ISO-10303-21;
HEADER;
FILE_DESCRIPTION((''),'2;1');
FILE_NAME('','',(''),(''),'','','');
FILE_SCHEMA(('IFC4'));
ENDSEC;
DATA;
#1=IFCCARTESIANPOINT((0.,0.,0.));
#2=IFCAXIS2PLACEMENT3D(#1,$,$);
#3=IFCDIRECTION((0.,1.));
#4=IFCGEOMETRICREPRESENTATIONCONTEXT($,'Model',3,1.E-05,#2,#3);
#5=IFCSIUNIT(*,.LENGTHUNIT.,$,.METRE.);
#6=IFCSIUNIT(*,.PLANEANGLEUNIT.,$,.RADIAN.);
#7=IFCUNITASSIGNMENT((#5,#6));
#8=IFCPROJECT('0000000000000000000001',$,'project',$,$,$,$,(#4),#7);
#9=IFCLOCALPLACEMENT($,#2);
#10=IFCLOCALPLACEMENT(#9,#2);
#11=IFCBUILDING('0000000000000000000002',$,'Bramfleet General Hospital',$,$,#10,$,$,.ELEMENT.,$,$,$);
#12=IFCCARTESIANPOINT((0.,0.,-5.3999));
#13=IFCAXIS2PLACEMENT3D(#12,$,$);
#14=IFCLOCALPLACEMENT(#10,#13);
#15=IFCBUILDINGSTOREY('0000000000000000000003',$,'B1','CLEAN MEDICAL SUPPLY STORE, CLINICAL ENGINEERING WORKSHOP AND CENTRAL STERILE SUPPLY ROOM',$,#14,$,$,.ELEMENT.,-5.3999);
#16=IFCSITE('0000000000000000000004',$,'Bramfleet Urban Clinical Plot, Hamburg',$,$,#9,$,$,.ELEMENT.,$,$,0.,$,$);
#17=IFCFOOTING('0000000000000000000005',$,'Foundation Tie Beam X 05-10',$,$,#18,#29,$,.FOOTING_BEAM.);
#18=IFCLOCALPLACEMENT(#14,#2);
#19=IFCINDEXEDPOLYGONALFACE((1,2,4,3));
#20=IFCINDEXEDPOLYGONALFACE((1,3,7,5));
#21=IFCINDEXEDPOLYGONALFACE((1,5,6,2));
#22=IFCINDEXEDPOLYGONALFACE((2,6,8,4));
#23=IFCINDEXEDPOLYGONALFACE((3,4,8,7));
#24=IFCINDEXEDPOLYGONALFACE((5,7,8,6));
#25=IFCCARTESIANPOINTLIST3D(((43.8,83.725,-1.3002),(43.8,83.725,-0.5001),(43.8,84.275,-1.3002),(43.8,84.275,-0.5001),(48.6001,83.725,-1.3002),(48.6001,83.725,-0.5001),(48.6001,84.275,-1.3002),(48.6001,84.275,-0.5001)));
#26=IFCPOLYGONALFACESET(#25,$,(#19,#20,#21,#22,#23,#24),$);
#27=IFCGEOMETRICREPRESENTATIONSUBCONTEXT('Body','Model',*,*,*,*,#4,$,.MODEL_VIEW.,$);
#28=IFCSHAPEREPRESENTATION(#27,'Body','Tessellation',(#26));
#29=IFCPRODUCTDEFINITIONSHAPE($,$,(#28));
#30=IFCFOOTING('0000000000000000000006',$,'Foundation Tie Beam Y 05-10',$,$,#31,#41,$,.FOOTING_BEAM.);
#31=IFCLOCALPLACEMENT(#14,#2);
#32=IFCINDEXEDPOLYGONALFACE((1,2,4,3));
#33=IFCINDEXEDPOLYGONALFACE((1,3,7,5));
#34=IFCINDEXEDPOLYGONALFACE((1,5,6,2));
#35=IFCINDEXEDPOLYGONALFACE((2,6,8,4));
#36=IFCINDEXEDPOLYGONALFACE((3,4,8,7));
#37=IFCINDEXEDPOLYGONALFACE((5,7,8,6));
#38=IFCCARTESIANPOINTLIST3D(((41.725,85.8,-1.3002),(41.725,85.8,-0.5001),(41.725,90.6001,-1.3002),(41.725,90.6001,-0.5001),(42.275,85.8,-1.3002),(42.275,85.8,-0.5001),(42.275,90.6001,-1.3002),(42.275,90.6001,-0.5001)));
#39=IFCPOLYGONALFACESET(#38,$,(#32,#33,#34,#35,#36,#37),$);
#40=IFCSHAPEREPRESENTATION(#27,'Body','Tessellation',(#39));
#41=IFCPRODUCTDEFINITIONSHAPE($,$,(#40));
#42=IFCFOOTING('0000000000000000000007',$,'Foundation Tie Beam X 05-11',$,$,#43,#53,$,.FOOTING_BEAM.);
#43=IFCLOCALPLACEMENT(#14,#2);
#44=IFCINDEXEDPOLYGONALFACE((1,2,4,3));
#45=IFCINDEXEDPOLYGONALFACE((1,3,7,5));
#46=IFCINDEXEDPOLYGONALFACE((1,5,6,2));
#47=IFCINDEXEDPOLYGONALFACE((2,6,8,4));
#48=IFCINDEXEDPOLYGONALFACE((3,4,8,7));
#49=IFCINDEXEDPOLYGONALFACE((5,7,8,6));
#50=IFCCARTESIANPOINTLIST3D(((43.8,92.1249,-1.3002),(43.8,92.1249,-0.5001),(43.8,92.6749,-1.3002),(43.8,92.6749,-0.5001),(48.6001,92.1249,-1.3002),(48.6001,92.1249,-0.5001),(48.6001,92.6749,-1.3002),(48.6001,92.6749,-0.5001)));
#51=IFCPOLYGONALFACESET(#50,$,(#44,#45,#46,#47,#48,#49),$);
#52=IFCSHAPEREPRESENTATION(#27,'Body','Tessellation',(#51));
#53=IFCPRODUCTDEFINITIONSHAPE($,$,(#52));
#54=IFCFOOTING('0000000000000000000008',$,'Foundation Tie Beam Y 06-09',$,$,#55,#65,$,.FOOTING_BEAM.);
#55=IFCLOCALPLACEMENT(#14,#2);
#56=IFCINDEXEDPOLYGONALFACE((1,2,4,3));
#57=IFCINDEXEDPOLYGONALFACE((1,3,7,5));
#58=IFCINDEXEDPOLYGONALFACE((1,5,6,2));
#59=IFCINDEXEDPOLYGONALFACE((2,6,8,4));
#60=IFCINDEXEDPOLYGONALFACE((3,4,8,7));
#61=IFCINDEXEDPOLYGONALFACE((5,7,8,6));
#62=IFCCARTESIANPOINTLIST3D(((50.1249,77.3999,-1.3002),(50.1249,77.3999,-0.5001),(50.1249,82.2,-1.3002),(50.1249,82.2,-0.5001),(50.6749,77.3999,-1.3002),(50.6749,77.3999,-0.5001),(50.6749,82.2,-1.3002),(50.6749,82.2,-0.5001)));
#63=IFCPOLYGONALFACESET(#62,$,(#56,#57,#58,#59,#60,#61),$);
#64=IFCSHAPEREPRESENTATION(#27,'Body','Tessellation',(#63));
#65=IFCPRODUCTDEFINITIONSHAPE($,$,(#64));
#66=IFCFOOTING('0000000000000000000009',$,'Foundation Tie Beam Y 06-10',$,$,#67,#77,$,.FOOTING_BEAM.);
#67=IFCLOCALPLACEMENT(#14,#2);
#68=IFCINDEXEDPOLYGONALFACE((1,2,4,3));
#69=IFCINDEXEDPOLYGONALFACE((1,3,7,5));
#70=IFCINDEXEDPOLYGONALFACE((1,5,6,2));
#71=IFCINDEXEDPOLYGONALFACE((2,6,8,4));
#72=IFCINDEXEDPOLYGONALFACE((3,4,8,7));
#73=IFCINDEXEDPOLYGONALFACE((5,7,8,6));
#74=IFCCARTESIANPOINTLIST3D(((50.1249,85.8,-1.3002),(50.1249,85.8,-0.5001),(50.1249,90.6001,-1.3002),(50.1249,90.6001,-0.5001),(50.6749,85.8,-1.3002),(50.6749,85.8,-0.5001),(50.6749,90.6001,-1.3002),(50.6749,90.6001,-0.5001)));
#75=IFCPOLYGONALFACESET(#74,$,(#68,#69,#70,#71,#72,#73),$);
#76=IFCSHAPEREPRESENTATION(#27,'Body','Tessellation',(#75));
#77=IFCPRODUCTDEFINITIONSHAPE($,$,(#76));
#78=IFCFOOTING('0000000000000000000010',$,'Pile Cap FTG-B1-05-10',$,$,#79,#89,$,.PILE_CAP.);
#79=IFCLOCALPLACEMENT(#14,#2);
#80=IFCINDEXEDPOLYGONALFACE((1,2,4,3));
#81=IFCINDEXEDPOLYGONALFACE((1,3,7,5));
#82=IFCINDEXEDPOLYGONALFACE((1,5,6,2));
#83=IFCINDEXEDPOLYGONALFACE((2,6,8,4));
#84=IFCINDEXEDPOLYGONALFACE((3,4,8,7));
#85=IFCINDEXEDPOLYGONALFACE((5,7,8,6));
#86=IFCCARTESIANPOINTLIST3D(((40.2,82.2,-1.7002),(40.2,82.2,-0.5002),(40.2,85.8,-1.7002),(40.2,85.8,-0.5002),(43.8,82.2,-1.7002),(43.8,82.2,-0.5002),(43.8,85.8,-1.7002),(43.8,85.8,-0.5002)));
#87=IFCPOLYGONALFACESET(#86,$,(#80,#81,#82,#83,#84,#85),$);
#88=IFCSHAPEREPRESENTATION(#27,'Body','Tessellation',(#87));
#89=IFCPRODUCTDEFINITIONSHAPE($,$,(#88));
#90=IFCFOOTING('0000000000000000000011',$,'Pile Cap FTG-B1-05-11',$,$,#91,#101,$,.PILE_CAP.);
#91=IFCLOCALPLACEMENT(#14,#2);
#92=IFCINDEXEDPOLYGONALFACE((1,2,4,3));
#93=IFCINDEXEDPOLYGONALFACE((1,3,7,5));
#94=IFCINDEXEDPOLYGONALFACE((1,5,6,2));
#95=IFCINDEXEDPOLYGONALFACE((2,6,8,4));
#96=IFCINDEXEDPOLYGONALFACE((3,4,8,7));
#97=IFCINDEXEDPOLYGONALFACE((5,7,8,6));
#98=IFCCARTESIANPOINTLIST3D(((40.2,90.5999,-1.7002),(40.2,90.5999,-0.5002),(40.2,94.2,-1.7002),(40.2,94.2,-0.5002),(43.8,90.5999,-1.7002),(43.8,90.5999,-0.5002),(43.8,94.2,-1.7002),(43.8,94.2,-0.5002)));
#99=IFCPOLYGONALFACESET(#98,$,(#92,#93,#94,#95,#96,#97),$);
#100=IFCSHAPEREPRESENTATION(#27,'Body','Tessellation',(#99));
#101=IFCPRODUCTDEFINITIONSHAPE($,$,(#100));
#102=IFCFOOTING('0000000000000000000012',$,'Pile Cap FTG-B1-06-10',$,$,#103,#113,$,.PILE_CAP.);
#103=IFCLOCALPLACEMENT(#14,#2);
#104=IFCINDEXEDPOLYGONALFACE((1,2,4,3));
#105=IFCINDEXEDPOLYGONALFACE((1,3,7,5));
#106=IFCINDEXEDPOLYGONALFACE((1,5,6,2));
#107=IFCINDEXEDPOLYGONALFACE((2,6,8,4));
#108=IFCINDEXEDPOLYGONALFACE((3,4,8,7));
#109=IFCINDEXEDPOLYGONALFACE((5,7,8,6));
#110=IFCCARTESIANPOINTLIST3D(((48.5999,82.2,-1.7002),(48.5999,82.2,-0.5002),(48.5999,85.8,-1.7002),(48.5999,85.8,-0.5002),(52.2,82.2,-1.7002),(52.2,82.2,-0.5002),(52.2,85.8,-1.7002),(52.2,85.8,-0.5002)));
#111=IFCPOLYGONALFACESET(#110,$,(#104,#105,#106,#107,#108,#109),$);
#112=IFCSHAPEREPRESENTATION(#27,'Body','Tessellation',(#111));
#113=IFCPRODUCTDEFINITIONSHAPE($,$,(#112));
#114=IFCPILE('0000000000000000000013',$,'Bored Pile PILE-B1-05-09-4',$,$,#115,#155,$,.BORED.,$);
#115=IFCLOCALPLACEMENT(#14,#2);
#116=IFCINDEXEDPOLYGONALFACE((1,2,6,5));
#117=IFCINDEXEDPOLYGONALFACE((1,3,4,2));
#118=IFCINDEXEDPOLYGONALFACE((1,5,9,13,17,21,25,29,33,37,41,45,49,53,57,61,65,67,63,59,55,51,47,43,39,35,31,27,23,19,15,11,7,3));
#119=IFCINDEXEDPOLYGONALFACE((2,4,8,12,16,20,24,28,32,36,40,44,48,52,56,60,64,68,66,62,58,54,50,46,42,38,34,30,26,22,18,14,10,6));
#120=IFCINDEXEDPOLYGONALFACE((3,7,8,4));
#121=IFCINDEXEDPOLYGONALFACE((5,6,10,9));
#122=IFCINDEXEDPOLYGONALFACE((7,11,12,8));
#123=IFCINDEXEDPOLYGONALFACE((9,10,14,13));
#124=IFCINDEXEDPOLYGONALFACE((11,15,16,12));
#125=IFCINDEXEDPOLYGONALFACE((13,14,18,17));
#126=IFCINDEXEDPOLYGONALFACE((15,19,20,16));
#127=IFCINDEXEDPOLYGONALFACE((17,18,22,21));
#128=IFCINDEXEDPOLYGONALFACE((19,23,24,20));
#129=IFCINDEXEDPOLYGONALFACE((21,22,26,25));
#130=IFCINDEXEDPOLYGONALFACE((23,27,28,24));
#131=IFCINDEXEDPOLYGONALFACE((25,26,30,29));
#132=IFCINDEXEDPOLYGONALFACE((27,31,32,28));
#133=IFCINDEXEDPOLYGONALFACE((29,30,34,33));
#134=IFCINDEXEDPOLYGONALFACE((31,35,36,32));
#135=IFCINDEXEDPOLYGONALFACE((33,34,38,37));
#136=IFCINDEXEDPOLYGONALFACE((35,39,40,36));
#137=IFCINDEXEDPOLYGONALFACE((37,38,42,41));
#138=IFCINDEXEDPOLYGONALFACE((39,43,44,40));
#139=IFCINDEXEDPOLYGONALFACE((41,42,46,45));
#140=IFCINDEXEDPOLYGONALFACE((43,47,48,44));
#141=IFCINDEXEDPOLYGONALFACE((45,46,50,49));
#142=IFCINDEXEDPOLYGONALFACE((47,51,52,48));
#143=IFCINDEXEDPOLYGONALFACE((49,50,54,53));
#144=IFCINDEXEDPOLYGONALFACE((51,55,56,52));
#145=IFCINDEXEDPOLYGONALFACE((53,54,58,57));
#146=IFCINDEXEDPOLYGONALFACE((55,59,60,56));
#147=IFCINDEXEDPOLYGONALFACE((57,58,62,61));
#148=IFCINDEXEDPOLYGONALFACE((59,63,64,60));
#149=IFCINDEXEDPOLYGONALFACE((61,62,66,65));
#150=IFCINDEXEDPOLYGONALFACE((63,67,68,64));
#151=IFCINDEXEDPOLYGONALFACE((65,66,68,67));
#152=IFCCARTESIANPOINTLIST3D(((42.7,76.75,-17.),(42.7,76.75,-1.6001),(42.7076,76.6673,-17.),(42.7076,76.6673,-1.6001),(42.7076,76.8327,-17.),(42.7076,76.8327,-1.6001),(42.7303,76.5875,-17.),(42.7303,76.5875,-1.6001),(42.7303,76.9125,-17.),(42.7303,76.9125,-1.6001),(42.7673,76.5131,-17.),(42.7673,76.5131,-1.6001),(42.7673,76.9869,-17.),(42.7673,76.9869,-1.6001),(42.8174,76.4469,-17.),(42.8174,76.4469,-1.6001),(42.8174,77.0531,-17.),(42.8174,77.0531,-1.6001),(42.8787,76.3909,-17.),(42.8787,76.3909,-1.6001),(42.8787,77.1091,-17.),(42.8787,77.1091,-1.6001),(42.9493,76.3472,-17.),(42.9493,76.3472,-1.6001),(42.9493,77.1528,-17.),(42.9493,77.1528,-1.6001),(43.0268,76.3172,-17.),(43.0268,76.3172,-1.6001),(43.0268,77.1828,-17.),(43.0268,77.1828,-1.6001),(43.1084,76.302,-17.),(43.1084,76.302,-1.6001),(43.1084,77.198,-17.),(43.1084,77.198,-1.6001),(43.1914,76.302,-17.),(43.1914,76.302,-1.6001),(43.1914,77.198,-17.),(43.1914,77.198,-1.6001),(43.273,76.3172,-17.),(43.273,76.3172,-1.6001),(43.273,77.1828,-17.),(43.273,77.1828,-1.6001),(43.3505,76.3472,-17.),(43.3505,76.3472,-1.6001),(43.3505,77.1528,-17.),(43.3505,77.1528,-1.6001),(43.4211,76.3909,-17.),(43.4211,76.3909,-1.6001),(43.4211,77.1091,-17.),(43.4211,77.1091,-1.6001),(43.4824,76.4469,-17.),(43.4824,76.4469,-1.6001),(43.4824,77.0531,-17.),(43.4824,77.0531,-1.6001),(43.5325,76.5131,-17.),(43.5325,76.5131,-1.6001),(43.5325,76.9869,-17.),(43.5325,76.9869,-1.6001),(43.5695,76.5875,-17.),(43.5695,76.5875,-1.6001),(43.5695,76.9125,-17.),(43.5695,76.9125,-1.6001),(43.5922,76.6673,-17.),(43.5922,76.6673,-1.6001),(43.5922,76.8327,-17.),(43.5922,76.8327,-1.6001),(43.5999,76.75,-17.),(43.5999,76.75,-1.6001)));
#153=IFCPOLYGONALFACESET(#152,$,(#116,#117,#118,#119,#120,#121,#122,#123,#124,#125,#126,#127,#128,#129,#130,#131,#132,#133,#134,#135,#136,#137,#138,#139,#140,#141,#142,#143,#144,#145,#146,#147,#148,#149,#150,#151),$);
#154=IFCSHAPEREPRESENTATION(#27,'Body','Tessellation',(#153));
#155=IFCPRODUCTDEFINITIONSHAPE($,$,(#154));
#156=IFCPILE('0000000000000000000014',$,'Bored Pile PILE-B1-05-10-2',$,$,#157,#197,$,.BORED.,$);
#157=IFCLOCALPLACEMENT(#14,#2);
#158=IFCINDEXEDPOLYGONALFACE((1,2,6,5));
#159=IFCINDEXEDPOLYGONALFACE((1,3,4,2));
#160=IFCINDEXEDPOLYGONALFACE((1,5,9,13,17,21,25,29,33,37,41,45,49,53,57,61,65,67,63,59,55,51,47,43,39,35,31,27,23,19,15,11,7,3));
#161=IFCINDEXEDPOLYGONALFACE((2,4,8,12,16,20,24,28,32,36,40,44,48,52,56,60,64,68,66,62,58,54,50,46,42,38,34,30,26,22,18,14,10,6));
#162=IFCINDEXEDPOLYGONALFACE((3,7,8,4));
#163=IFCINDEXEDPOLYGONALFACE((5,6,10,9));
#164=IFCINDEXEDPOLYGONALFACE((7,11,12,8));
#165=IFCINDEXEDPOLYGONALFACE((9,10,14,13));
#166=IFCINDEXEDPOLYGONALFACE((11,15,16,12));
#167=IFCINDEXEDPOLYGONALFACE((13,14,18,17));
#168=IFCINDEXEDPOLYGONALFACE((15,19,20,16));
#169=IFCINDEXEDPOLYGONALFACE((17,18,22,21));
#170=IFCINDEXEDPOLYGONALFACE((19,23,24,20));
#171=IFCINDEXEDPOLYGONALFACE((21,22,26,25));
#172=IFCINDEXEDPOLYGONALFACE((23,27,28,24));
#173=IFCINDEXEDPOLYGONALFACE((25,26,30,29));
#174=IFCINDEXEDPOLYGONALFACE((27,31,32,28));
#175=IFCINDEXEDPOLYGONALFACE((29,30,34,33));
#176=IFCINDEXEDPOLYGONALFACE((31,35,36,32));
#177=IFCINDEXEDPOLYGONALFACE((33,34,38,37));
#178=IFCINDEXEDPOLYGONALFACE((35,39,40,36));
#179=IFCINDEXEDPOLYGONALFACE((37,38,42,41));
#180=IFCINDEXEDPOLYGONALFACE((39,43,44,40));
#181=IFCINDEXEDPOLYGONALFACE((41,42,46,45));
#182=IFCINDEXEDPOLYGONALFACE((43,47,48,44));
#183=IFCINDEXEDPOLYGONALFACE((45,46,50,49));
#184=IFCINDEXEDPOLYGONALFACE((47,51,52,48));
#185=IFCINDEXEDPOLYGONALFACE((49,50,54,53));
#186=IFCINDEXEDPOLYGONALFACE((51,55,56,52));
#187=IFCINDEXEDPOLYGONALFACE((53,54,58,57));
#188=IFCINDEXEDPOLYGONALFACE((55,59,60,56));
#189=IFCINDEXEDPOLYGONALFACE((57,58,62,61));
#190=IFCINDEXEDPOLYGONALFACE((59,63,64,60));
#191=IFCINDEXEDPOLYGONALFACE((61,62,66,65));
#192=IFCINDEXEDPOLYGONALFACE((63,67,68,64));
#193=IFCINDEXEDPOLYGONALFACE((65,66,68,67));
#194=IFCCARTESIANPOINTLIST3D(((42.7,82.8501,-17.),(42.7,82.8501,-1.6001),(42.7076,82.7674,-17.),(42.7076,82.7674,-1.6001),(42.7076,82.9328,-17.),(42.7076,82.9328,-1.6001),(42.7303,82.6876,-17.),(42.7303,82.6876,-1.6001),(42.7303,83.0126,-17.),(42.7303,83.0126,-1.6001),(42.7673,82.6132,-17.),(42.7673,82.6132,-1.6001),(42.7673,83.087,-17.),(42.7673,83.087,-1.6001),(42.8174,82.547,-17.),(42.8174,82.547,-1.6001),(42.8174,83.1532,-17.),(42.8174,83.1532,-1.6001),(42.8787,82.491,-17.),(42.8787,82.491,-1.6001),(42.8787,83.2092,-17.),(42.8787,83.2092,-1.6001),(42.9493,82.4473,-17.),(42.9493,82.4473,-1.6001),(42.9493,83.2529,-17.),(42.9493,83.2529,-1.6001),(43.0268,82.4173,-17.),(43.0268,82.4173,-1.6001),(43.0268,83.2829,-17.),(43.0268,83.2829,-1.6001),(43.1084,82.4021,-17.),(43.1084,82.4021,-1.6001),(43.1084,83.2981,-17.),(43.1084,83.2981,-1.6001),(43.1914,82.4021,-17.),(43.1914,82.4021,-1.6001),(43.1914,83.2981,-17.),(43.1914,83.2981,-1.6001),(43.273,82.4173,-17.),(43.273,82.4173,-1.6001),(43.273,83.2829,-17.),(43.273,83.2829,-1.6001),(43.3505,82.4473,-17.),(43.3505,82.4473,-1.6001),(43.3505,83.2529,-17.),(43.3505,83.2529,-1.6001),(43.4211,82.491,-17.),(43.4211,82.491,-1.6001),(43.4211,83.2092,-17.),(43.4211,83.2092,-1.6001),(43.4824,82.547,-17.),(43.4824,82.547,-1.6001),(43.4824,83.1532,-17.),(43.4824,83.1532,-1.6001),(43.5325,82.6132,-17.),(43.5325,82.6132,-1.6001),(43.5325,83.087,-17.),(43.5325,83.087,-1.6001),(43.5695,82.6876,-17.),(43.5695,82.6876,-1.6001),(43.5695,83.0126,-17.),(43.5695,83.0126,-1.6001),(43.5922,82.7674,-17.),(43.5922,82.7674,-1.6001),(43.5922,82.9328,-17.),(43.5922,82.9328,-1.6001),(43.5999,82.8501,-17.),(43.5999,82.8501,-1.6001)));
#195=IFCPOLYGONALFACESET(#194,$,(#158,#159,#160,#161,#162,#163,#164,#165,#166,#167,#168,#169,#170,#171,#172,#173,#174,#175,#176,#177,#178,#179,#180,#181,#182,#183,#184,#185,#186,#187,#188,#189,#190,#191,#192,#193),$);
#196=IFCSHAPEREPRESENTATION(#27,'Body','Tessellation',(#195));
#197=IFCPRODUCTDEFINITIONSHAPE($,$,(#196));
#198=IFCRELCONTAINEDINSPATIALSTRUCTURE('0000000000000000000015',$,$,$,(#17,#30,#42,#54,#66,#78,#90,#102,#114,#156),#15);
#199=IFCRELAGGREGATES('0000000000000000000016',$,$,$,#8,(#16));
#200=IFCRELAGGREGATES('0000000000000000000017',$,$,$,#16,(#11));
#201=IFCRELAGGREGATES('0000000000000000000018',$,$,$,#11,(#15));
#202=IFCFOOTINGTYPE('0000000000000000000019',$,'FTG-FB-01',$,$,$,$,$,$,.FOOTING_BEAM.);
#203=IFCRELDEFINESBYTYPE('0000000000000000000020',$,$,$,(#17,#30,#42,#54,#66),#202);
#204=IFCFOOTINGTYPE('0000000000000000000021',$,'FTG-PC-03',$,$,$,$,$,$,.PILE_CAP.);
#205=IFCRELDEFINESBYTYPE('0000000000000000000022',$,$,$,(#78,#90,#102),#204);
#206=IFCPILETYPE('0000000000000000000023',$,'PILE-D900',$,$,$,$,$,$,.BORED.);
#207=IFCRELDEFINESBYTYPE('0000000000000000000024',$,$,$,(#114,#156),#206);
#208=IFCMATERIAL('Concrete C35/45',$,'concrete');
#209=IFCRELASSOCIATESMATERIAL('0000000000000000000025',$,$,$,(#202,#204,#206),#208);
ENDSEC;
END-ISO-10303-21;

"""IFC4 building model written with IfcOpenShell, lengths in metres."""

from ifc_helpers import new_model, si_unit, direction, frame, origin, origin_2d, place, context, subcontext, project, spatial, rectangle, circle, extrude, material, material_profile, profile_set, type_object, element, save


model = new_model("IFC4")

# Units and contexts
model_context = context("Model", 3, precision=1e-05, world=origin(), true_north=direction((0.0, 1.0)))
body_context = subcontext(model_context, "Body", "Model", "MODEL_VIEW")
ifc_project = project(units=[si_unit("LENGTHUNIT", "METRE"), si_unit("PLANEANGLEUNIT", "RADIAN")], contexts=[model_context])

# Site, building, storey
site_placement = place(None, origin())
site = spatial("IfcSite", under=ifc_project, at=site_placement, Name="Bramfleet Urban Clinical Plot, Hamburg", CompositionType="ELEMENT", RefElevation=0.0)
building_placement = place(site_placement, origin())
building = spatial("IfcBuilding", under=site, at=building_placement, Name="Bramfleet General Hospital", CompositionType="ELEMENT")
storey_placement = place(building_placement, frame((0.0, 0.0, -5.3999)))
storey = spatial("IfcBuildingStorey", under=building, at=storey_placement, Name="B1", Description="CLEAN MEDICAL SUPPLY STORE, CLINICAL ENGINEERING WORKSHOP AND CENTRAL STERILE SUPPLY ROOM", CompositionType="ELEMENT", Elevation=-5.3999)

# Footings
ifc_material_1 = material(Name="Concrete C35/45", Category="concrete")
ifc_material_profile_1 = material_profile(ifc_material_1, rectangle(XDim=0.55, YDim=0.8, at=origin_2d()), Name="RC FB 800x550")
ifc_profile_set_1 = profile_set([ifc_material_profile_1], Name="Concrete C35/45")
footing_type_1 = type_object("IfcFootingType", Name="FTG-FB-01", PredefinedType="FOOTING_BEAM", material=ifc_profile_set_1)
for number, where, z_axis, x_axis, name in (
    (1, (43.8, 84.0, -0.9001), (1.0, 0.0, 0.0), (0.0, 1.0, 0.0), "Foundation Tie Beam X 05-10"),
    (2, (42.0, 85.8, -0.9001), (0.0, 1.0, 0.0), (-1.0, 0.0, 0.0), "Foundation Tie Beam Y 05-10"),
    (3, (43.8, 92.3999, -0.9001), (1.0, 0.0, 0.0), (0.0, 1.0, 0.0), "Foundation Tie Beam X 05-11"),
    (4, (50.3999, 77.3999, -0.9001), (0.0, 1.0, 0.0), (-1.0, 0.0, 0.0), "Foundation Tie Beam Y 06-09"),
    (5, (50.3999, 85.8, -0.9001), (0.0, 1.0, 0.0), (-1.0, 0.0, 0.0), "Foundation Tie Beam Y 06-10"),
):
    element("IfcFooting", number, at=place(storey_placement, frame(where, z_axis=z_axis, x_axis=x_axis)), inside=storey, type_object=footing_type_1, Name=name, PredefinedType="FOOTING_BEAM", context=body_context, shape_type="SweptSolid", body=[
        extrude(rectangle(XDim=0.55, YDim=0.8, at=origin_2d()), origin(), (0.0, 0.0, 1.0), 4.8),
    ])
footing_type_2 = type_object("IfcFootingType", Name="FTG-PC-03", PredefinedType="PILE_CAP", material=ifc_material_1)
for number, where, z_axis, x_axis, name in (
    (6, (42.0, 84.0, -1.7002), (0.0, 0.0, 1.0), (1.0, 0.0, 0.0), "Pile Cap FTG-B1-05-10"),
    (7, (42.0, 92.3999, -1.7002), (0.0, 0.0, 1.0), (1.0, 0.0, 0.0), "Pile Cap FTG-B1-05-11"),
    (8, (50.3999, 84.0, -1.7002), (0.0, 0.0, 1.0), (1.0, 0.0, 0.0), "Pile Cap FTG-B1-06-10"),
):
    element("IfcFooting", number, at=place(storey_placement, frame(where, z_axis=z_axis, x_axis=x_axis)), inside=storey, type_object=footing_type_2, Name=name, PredefinedType="PILE_CAP", context=body_context, shape_type="SweptSolid", body=[
        extrude(rectangle(XDim=3.6001, YDim=3.6001, at=origin_2d()), origin(), (0.0, 0.0, 1.0), 1.2),
    ])

# Piles
ifc_material_profile_2 = material_profile(ifc_material_1, circle(Radius=0.45, at=origin_2d()), Name="PILE BORED D900")
ifc_profile_set_2 = profile_set([ifc_material_profile_2], Name="Concrete C35/45")
pile_type = type_object("IfcPileType", Name="PILE-D900", PredefinedType="BORED", material=ifc_profile_set_2)
for number, where, z_axis, x_axis, name in (
    (9, (43.1499, 76.75, -1.6001), (0.0, 0.0, -1.0), (1.0, 0.0, 0.0), "Bored Pile PILE-B1-05-09-4"),
    (10, (43.1499, 82.8501, -1.6001), (0.0, 0.0, -1.0), (1.0, 0.0, 0.0), "Bored Pile PILE-B1-05-10-2"),
):
    element("IfcPile", number, at=place(storey_placement, frame(where, z_axis=z_axis, x_axis=x_axis)), inside=storey, type_object=pile_type, Name=name, PredefinedType="BORED", context=body_context, shape_type="SweptSolid", body=[
        extrude(circle(Radius=0.45, at=origin_2d()), origin(), (0.0, 0.0, 1.0), 15.3999),
    ])

save(model, "model.ifc")
